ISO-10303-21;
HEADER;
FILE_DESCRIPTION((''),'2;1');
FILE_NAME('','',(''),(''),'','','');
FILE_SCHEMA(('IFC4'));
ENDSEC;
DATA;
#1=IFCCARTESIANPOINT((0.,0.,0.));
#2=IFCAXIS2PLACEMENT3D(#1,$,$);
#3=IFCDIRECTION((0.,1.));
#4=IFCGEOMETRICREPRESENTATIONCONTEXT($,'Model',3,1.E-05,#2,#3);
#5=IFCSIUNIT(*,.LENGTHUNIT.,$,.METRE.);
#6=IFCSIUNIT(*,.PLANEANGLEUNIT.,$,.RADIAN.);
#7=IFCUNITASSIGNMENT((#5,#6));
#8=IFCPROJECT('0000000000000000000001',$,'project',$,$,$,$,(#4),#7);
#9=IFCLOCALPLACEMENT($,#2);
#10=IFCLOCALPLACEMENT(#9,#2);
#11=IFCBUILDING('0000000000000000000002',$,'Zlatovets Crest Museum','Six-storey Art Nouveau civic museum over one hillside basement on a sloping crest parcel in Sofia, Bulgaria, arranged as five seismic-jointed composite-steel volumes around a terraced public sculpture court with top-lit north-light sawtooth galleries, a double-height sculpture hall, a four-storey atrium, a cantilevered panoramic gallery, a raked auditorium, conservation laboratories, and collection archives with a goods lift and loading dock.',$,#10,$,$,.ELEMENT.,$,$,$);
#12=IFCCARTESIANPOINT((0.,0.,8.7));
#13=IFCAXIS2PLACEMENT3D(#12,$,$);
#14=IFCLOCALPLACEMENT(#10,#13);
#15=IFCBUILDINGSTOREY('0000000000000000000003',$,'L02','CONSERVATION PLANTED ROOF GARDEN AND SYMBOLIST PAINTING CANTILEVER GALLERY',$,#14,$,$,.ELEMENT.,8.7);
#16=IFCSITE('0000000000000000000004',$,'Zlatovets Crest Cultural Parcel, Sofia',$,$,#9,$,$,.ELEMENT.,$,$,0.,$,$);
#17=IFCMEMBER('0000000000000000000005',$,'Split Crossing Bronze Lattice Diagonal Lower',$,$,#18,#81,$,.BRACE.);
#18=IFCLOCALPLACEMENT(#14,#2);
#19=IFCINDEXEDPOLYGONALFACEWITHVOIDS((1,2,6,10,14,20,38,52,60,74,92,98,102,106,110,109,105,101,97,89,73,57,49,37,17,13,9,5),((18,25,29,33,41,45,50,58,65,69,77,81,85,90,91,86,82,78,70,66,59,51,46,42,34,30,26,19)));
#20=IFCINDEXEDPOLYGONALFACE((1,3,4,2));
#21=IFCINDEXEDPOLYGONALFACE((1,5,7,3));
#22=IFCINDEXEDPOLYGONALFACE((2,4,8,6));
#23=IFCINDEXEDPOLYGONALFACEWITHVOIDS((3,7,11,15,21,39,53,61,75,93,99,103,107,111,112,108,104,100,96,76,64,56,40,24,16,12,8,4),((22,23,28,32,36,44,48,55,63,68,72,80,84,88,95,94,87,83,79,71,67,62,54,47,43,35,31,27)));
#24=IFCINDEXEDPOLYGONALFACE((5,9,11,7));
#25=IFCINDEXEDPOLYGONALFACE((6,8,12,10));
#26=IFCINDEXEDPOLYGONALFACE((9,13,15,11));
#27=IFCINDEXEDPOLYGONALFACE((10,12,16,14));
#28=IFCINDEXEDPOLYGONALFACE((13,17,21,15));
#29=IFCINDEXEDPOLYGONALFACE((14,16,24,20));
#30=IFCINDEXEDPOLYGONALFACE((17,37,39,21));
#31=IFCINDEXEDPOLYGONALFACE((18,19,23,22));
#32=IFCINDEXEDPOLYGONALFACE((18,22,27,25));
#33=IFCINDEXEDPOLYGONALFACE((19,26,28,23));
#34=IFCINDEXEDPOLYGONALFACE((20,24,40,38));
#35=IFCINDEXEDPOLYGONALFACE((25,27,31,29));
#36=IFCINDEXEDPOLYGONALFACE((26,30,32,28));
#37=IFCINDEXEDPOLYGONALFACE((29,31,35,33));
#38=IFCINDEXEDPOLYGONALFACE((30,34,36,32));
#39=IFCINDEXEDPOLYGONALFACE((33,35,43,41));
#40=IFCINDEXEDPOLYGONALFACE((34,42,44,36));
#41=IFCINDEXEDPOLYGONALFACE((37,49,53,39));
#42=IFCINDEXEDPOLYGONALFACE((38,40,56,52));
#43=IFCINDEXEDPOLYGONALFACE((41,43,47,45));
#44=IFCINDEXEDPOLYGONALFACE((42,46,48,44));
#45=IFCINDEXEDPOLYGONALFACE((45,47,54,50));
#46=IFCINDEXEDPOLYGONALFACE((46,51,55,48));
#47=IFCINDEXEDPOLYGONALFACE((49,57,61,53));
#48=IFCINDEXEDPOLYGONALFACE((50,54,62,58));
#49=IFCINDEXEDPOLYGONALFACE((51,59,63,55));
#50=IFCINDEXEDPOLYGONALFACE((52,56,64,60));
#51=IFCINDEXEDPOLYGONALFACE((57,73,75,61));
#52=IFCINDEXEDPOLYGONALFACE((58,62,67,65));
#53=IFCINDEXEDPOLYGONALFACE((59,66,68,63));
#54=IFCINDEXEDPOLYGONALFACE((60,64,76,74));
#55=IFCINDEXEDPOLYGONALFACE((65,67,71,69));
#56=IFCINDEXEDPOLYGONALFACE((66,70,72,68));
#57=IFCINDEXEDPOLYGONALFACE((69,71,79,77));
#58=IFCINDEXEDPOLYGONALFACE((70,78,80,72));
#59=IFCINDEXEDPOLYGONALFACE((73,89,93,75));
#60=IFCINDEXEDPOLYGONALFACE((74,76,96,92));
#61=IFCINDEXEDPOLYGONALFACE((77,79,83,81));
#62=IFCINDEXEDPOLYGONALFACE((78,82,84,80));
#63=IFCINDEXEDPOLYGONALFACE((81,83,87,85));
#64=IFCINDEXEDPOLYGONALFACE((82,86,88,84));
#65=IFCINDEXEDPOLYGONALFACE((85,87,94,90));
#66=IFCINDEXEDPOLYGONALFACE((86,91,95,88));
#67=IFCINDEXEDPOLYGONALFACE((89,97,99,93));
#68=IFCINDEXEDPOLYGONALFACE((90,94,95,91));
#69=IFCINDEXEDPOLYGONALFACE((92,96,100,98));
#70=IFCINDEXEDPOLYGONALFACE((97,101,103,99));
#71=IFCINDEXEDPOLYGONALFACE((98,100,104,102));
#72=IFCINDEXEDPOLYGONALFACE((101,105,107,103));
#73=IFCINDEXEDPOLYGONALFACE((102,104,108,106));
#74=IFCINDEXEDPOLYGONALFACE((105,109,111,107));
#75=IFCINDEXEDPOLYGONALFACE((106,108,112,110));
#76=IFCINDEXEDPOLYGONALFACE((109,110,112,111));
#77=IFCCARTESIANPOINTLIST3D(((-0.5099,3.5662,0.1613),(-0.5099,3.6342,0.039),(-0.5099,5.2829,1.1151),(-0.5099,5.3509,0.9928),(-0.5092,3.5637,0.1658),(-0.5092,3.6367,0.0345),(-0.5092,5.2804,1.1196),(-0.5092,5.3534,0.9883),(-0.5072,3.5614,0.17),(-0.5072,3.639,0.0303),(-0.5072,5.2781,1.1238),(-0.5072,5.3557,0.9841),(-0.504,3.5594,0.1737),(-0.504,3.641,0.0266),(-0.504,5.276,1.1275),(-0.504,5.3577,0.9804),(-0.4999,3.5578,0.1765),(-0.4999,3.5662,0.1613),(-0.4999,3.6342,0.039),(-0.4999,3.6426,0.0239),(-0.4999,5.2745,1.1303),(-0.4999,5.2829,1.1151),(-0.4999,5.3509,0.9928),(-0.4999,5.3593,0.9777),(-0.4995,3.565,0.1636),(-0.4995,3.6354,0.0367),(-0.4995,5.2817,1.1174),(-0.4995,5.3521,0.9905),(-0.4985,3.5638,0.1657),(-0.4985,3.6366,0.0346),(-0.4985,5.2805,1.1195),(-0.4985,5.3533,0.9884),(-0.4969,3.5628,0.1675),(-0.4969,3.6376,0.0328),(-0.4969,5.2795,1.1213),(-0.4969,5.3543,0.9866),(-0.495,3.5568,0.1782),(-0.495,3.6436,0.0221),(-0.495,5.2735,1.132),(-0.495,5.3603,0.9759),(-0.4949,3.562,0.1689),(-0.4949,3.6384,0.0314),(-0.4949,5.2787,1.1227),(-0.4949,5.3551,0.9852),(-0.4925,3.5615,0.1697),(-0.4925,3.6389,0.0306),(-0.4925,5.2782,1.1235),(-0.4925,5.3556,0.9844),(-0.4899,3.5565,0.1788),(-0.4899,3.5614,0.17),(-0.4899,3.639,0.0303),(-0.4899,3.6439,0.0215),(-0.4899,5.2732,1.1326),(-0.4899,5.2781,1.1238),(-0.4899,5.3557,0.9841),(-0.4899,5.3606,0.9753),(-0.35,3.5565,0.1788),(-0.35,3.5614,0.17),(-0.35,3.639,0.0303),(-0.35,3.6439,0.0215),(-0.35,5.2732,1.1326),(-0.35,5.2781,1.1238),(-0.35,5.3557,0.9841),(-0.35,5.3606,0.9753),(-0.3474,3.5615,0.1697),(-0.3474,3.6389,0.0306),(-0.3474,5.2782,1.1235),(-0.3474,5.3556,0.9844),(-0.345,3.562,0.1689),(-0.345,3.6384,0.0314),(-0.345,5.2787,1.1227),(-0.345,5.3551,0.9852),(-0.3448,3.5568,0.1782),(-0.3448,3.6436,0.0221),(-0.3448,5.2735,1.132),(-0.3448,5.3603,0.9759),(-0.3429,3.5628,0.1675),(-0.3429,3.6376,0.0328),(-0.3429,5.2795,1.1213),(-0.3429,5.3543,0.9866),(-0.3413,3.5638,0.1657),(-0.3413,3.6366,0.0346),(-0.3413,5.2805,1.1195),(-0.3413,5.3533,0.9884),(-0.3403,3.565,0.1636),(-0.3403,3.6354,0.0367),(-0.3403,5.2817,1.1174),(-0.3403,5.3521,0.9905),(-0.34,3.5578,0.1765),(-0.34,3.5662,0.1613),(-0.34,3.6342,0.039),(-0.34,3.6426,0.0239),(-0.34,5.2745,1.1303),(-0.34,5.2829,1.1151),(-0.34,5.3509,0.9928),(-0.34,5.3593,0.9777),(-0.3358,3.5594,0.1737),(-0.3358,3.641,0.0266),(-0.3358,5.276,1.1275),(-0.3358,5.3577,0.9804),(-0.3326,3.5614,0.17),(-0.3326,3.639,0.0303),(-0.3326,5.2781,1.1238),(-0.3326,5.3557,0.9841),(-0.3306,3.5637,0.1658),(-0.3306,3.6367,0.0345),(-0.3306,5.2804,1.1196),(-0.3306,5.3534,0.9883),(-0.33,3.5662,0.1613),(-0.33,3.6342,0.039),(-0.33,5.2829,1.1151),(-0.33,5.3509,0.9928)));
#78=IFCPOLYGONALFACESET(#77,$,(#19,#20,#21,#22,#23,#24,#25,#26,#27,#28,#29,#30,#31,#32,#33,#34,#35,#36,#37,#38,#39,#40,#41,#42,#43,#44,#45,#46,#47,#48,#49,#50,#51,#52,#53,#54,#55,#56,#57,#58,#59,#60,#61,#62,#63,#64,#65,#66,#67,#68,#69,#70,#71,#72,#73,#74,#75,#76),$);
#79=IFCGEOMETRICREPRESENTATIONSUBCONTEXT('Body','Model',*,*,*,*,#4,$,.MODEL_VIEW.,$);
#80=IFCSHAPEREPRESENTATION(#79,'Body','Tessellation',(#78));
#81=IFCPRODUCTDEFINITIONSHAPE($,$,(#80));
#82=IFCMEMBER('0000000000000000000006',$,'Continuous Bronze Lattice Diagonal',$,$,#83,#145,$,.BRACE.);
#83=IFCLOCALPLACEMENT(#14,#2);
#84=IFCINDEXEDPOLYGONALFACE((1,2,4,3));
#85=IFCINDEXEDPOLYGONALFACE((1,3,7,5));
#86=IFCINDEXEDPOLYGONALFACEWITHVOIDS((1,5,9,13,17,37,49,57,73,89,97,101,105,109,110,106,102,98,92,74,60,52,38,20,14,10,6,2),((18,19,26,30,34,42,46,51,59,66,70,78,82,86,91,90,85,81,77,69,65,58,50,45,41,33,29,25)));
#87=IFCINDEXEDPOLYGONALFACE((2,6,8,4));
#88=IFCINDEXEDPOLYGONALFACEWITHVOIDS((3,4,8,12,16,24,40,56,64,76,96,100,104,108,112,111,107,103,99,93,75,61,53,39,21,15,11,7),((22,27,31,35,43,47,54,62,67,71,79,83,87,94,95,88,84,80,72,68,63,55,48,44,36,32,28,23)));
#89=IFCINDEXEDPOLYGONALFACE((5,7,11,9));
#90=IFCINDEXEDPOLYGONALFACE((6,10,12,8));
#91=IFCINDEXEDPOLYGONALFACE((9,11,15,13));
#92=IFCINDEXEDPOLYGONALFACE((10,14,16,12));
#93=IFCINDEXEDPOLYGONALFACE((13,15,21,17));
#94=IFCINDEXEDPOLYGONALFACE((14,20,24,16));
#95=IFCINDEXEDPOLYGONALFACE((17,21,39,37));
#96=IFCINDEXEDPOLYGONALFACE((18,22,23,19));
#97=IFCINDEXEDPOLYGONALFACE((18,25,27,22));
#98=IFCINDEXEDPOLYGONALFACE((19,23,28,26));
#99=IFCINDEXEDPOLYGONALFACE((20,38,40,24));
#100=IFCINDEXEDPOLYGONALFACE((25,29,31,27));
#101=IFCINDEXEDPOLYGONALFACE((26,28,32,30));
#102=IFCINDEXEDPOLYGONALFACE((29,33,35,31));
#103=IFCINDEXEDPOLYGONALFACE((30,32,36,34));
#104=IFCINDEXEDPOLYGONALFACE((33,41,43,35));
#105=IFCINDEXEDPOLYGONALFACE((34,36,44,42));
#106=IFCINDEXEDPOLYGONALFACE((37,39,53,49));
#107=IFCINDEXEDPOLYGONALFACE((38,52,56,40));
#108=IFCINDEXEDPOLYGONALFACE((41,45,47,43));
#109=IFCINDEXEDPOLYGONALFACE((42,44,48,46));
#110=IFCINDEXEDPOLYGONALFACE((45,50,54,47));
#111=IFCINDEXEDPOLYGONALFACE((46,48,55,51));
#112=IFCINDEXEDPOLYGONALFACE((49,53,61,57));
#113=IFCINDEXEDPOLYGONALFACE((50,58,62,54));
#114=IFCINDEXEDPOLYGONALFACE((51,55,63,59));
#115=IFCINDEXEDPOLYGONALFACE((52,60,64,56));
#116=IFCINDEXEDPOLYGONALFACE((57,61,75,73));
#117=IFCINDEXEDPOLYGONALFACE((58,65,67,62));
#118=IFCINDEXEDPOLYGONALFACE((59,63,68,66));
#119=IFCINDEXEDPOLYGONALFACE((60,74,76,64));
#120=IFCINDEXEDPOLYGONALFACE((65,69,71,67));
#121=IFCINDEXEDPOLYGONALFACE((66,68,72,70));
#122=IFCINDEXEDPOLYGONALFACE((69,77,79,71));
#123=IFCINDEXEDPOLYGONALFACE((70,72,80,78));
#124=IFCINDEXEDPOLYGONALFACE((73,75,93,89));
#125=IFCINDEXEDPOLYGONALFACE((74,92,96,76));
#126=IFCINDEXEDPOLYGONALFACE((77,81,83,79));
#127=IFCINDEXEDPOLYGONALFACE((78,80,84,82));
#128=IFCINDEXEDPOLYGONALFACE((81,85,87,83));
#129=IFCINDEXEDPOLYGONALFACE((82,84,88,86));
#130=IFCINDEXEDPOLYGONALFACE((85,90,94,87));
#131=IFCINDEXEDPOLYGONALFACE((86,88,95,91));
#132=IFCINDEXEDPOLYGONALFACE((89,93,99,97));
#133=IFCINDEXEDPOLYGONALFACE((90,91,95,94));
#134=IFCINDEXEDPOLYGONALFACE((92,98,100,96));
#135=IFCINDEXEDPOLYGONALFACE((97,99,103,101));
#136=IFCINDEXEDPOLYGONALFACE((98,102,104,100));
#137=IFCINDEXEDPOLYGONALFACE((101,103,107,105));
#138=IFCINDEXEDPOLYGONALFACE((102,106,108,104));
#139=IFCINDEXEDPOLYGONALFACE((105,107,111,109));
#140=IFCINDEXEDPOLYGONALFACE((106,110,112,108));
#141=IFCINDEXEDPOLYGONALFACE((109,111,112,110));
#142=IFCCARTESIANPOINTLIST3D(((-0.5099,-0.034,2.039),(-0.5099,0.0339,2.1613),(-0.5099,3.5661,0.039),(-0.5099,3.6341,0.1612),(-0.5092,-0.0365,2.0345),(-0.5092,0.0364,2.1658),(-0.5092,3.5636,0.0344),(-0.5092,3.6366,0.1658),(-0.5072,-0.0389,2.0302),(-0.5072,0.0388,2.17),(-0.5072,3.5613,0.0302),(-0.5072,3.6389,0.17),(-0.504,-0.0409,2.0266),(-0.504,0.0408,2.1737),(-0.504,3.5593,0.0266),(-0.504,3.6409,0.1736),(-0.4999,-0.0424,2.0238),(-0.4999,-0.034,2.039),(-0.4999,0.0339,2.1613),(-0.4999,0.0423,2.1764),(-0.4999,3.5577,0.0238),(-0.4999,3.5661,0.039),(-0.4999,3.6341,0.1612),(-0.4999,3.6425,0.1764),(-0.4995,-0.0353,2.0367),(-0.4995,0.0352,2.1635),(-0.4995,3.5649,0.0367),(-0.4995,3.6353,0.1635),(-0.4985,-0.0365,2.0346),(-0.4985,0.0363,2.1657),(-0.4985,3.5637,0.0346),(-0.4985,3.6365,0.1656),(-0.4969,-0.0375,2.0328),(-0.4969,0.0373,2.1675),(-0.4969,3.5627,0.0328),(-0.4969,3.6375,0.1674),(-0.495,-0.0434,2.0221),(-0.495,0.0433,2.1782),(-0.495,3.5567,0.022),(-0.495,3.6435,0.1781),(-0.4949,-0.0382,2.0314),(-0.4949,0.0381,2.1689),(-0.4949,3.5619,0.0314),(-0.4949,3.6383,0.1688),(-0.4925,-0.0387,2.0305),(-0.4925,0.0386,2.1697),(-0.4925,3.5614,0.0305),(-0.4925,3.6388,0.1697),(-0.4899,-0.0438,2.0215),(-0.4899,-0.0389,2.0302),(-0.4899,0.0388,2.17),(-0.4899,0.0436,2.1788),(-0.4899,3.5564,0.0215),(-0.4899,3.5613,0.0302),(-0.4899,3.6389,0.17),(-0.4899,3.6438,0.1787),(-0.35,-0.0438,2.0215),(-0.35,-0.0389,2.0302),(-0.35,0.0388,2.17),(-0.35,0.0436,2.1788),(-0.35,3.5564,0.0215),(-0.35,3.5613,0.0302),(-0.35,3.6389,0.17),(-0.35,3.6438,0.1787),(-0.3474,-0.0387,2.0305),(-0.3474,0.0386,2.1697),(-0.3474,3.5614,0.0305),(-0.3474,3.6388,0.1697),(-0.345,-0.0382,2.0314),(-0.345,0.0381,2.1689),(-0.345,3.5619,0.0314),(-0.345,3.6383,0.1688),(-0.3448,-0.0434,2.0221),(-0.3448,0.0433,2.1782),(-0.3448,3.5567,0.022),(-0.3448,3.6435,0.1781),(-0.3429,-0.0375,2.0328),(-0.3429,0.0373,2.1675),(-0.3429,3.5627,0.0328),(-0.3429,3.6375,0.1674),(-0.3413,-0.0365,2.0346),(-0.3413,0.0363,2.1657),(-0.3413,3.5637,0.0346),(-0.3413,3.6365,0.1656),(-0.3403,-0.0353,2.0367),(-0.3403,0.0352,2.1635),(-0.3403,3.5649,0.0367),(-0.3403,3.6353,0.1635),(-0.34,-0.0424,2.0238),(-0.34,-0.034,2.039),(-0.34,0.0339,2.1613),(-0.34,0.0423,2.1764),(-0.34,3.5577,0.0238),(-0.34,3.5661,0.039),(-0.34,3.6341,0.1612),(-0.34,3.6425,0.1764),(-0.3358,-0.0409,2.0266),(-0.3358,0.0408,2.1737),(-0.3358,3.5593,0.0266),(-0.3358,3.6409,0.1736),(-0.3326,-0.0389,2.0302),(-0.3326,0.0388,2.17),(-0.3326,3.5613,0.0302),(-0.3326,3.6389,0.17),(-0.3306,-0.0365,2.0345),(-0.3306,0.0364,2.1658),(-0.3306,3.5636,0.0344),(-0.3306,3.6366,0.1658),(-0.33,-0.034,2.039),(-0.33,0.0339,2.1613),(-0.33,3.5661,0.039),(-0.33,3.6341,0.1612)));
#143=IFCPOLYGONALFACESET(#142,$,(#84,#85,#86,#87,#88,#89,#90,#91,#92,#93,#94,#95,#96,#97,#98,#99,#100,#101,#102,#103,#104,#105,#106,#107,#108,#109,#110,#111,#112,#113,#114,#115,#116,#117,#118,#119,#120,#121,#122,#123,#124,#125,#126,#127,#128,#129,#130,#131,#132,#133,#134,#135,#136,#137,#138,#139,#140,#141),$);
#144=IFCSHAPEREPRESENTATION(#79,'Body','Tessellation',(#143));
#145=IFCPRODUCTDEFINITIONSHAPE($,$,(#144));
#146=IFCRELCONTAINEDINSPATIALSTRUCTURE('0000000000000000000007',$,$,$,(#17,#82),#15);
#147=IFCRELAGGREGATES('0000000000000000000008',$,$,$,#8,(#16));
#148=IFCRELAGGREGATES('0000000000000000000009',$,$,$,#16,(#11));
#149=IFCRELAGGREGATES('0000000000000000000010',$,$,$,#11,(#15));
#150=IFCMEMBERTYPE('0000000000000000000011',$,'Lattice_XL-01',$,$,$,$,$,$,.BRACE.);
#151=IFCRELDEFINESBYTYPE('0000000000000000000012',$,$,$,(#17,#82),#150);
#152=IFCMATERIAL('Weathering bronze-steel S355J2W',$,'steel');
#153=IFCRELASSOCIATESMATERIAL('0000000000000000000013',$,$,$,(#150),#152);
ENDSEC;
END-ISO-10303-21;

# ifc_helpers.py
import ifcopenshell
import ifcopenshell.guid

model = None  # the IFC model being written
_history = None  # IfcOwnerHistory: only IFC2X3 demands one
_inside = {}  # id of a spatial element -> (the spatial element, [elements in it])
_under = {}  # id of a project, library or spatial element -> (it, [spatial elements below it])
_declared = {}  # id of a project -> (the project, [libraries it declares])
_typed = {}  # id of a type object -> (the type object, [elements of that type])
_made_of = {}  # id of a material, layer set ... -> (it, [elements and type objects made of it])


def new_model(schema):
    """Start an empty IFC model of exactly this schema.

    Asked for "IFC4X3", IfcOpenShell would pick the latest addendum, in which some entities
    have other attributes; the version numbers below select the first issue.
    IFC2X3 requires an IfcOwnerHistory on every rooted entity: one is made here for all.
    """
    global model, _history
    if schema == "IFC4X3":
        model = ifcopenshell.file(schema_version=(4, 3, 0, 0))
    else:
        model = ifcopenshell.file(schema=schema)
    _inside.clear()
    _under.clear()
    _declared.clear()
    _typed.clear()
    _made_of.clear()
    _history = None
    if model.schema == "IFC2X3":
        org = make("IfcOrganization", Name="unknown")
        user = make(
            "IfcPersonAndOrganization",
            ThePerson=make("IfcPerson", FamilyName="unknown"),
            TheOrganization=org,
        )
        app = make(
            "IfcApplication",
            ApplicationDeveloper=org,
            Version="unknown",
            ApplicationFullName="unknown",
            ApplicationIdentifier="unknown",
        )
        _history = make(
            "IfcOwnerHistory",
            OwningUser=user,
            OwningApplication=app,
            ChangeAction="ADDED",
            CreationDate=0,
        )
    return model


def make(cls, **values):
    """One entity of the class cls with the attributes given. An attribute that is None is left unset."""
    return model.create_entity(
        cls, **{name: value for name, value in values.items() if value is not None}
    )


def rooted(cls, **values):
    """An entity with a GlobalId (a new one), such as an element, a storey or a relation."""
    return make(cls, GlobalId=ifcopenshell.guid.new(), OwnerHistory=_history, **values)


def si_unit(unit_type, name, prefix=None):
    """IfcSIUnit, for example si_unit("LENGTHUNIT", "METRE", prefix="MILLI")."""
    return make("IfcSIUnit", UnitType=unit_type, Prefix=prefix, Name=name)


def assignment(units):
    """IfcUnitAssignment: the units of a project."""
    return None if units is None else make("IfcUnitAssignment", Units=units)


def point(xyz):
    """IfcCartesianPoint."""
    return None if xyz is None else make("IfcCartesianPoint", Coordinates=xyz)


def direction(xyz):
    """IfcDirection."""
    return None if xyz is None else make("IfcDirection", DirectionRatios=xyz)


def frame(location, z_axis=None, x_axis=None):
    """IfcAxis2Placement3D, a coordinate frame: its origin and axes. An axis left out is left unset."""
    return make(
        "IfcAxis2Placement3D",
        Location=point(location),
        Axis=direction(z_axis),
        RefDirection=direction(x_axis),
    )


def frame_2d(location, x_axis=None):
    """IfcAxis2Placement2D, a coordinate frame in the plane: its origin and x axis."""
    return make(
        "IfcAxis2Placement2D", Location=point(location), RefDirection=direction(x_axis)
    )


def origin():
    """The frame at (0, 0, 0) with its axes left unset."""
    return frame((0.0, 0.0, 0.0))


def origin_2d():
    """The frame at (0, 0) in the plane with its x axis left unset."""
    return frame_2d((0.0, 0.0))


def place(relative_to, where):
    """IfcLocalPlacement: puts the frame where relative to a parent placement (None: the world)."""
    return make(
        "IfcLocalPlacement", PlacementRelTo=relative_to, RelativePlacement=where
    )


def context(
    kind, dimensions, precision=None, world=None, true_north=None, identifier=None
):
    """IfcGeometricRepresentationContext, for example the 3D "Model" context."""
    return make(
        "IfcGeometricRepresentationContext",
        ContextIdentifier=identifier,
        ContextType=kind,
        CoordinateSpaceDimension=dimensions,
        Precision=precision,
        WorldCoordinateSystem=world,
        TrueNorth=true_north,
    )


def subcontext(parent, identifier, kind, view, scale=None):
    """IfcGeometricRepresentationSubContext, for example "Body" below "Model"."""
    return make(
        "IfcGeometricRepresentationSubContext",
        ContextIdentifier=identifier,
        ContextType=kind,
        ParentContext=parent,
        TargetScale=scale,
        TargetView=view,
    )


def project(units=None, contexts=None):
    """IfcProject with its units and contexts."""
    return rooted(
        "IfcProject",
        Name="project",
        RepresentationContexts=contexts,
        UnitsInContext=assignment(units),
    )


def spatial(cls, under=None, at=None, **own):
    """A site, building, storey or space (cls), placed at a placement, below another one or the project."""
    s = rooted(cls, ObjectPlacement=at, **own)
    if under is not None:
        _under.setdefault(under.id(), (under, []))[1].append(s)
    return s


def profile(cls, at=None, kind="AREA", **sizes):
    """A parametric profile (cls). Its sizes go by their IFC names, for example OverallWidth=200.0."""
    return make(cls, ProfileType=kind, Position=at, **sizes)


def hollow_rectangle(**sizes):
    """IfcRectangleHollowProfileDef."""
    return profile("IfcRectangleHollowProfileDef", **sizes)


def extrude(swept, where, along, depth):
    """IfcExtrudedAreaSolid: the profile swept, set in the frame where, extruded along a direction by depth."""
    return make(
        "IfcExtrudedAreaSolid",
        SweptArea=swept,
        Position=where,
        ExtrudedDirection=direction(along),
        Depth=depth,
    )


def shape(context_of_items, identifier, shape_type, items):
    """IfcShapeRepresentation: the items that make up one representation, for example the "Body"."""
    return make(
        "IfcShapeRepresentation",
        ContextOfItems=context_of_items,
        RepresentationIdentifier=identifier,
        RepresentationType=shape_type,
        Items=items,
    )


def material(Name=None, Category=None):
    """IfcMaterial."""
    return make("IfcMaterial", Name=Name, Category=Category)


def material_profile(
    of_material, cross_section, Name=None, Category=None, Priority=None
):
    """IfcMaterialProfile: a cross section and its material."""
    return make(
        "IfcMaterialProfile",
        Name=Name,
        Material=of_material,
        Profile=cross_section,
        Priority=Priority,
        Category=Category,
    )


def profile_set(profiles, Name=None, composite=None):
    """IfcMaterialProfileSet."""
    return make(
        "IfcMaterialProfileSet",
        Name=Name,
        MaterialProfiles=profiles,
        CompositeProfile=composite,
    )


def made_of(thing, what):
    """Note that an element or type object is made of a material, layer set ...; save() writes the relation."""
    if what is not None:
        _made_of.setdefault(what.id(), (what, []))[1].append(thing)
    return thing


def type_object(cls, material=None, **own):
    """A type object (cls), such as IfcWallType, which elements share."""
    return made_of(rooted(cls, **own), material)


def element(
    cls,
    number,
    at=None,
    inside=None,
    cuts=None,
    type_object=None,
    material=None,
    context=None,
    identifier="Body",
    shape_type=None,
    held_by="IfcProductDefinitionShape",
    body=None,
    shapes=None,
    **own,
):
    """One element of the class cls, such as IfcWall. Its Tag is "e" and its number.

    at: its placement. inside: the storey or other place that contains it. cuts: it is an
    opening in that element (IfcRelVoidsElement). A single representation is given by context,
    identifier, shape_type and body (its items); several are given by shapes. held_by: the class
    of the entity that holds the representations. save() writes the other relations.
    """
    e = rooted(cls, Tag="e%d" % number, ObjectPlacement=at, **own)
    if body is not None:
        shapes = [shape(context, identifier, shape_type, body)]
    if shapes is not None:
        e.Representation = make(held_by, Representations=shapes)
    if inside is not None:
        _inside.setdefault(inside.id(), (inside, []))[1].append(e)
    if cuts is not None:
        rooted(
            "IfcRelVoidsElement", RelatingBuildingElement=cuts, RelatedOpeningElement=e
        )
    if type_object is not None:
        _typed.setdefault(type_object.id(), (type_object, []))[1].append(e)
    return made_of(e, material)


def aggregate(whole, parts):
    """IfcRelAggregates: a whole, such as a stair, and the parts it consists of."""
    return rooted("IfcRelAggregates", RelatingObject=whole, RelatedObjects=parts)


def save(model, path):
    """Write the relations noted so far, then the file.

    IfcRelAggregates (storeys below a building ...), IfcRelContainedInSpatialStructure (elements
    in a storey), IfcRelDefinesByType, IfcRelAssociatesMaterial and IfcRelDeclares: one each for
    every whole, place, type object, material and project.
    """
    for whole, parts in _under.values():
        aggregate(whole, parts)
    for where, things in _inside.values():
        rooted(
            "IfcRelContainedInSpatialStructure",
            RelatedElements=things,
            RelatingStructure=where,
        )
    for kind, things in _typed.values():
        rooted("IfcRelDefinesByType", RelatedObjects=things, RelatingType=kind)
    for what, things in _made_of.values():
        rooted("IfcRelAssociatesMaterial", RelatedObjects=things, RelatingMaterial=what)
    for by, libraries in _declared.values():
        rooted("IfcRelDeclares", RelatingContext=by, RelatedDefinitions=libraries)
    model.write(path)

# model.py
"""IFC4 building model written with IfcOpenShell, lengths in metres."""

from ifc_helpers import new_model, si_unit, direction, frame, origin, origin_2d, place, context, subcontext, project, spatial, hollow_rectangle, extrude, material, material_profile, profile_set, type_object, element, save


model = new_model("IFC4")

# Units and contexts
model_context = context("Model", 3, precision=1e-05, world=origin(), true_north=direction((0.0, 1.0)))
body_context = subcontext(model_context, "Body", "Model", "MODEL_VIEW")
ifc_project = project(units=[si_unit("LENGTHUNIT", "METRE"), si_unit("PLANEANGLEUNIT", "RADIAN")], contexts=[model_context])

# Site, building, storey
site_placement = place(None, origin())
site = spatial("IfcSite", under=ifc_project, at=site_placement, Name="Zlatovets Crest Cultural Parcel, Sofia", CompositionType="ELEMENT", RefElevation=0.0)
building_placement = place(site_placement, origin())
building = spatial("IfcBuilding", under=site, at=building_placement, Name="Zlatovets Crest Museum", Description="Six-storey Art Nouveau civic museum over one hillside basement on a sloping crest parcel in Sofia, Bulgaria, arranged as five seismic-jointed composite-steel volumes around a terraced public sculpture court with top-lit north-light sawtooth galleries, a double-height sculpture hall, a four-storey atrium, a cantilevered panoramic gallery, a raked auditorium, conservation laboratories, and collection archives with a goods lift and loading dock.", CompositionType="ELEMENT")
storey_placement = place(building_placement, frame((0.0, 0.0, 8.7)))
storey = spatial("IfcBuildingStorey", under=building, at=storey_placement, Name="L02", Description="CONSERVATION PLANTED ROOF GARDEN AND SYMBOLIST PAINTING CANTILEVER GALLERY", CompositionType="ELEMENT", Elevation=8.7)

# Members
ifc_material_1 = material(Name="Weathering bronze-steel S355J2W", Category="steel")
ifc_material_profile_1 = material_profile(ifc_material_1, hollow_rectangle(XDim=0.1799, YDim=0.1799, WallThickness=0.01, InnerFilletRadius=0.01, OuterFilletRadius=0.02, at=origin_2d()), Name="SHS 180x180x10.0")
ifc_profile_set_1 = profile_set([ifc_material_profile_1], Name="Weathering bronze-steel S355J2W")
member_type_1 = type_object("IfcMemberType", Name="Lattice_XL-01", PredefinedType="BRACE", material=ifc_profile_set_1)
member_1_placement = place(storey_placement, frame((-0.4199, 5.3169, 1.054), z_axis=(0.0, -0.87414, -0.485675), x_axis=(1.0, 0.0, 0.0)))
element("IfcMember", 1, at=member_1_placement, inside=storey, type_object=member_type_1, Name="Split Crossing Bronze Lattice Diagonal Lower", PredefinedType="BRACE", context=body_context, shape_type="SweptSolid", body=[
    extrude(hollow_rectangle(XDim=0.1799, YDim=0.1799, WallThickness=0.01, InnerFilletRadius=0.01, OuterFilletRadius=0.02, at=origin_2d()), origin(), (0.0, 0.0, 1.0), 1.9639),
])
member_2_placement = place(storey_placement, frame((-0.4199, 3.6001, 0.1001), z_axis=(0.0, -0.874163, 0.485633), x_axis=(1.0, 0.0, 0.0)))
element("IfcMember", 2, at=member_2_placement, inside=storey, type_object=member_type_1, Name="Continuous Bronze Lattice Diagonal", PredefinedType="BRACE", context=body_context, shape_type="SweptSolid", body=[
    extrude(hollow_rectangle(XDim=0.1799, YDim=0.1799, WallThickness=0.01, InnerFilletRadius=0.01, OuterFilletRadius=0.02, at=origin_2d()), origin(), (0.0, 0.0, 1.0), 4.1184),
])

save(model, "model.ifc")
